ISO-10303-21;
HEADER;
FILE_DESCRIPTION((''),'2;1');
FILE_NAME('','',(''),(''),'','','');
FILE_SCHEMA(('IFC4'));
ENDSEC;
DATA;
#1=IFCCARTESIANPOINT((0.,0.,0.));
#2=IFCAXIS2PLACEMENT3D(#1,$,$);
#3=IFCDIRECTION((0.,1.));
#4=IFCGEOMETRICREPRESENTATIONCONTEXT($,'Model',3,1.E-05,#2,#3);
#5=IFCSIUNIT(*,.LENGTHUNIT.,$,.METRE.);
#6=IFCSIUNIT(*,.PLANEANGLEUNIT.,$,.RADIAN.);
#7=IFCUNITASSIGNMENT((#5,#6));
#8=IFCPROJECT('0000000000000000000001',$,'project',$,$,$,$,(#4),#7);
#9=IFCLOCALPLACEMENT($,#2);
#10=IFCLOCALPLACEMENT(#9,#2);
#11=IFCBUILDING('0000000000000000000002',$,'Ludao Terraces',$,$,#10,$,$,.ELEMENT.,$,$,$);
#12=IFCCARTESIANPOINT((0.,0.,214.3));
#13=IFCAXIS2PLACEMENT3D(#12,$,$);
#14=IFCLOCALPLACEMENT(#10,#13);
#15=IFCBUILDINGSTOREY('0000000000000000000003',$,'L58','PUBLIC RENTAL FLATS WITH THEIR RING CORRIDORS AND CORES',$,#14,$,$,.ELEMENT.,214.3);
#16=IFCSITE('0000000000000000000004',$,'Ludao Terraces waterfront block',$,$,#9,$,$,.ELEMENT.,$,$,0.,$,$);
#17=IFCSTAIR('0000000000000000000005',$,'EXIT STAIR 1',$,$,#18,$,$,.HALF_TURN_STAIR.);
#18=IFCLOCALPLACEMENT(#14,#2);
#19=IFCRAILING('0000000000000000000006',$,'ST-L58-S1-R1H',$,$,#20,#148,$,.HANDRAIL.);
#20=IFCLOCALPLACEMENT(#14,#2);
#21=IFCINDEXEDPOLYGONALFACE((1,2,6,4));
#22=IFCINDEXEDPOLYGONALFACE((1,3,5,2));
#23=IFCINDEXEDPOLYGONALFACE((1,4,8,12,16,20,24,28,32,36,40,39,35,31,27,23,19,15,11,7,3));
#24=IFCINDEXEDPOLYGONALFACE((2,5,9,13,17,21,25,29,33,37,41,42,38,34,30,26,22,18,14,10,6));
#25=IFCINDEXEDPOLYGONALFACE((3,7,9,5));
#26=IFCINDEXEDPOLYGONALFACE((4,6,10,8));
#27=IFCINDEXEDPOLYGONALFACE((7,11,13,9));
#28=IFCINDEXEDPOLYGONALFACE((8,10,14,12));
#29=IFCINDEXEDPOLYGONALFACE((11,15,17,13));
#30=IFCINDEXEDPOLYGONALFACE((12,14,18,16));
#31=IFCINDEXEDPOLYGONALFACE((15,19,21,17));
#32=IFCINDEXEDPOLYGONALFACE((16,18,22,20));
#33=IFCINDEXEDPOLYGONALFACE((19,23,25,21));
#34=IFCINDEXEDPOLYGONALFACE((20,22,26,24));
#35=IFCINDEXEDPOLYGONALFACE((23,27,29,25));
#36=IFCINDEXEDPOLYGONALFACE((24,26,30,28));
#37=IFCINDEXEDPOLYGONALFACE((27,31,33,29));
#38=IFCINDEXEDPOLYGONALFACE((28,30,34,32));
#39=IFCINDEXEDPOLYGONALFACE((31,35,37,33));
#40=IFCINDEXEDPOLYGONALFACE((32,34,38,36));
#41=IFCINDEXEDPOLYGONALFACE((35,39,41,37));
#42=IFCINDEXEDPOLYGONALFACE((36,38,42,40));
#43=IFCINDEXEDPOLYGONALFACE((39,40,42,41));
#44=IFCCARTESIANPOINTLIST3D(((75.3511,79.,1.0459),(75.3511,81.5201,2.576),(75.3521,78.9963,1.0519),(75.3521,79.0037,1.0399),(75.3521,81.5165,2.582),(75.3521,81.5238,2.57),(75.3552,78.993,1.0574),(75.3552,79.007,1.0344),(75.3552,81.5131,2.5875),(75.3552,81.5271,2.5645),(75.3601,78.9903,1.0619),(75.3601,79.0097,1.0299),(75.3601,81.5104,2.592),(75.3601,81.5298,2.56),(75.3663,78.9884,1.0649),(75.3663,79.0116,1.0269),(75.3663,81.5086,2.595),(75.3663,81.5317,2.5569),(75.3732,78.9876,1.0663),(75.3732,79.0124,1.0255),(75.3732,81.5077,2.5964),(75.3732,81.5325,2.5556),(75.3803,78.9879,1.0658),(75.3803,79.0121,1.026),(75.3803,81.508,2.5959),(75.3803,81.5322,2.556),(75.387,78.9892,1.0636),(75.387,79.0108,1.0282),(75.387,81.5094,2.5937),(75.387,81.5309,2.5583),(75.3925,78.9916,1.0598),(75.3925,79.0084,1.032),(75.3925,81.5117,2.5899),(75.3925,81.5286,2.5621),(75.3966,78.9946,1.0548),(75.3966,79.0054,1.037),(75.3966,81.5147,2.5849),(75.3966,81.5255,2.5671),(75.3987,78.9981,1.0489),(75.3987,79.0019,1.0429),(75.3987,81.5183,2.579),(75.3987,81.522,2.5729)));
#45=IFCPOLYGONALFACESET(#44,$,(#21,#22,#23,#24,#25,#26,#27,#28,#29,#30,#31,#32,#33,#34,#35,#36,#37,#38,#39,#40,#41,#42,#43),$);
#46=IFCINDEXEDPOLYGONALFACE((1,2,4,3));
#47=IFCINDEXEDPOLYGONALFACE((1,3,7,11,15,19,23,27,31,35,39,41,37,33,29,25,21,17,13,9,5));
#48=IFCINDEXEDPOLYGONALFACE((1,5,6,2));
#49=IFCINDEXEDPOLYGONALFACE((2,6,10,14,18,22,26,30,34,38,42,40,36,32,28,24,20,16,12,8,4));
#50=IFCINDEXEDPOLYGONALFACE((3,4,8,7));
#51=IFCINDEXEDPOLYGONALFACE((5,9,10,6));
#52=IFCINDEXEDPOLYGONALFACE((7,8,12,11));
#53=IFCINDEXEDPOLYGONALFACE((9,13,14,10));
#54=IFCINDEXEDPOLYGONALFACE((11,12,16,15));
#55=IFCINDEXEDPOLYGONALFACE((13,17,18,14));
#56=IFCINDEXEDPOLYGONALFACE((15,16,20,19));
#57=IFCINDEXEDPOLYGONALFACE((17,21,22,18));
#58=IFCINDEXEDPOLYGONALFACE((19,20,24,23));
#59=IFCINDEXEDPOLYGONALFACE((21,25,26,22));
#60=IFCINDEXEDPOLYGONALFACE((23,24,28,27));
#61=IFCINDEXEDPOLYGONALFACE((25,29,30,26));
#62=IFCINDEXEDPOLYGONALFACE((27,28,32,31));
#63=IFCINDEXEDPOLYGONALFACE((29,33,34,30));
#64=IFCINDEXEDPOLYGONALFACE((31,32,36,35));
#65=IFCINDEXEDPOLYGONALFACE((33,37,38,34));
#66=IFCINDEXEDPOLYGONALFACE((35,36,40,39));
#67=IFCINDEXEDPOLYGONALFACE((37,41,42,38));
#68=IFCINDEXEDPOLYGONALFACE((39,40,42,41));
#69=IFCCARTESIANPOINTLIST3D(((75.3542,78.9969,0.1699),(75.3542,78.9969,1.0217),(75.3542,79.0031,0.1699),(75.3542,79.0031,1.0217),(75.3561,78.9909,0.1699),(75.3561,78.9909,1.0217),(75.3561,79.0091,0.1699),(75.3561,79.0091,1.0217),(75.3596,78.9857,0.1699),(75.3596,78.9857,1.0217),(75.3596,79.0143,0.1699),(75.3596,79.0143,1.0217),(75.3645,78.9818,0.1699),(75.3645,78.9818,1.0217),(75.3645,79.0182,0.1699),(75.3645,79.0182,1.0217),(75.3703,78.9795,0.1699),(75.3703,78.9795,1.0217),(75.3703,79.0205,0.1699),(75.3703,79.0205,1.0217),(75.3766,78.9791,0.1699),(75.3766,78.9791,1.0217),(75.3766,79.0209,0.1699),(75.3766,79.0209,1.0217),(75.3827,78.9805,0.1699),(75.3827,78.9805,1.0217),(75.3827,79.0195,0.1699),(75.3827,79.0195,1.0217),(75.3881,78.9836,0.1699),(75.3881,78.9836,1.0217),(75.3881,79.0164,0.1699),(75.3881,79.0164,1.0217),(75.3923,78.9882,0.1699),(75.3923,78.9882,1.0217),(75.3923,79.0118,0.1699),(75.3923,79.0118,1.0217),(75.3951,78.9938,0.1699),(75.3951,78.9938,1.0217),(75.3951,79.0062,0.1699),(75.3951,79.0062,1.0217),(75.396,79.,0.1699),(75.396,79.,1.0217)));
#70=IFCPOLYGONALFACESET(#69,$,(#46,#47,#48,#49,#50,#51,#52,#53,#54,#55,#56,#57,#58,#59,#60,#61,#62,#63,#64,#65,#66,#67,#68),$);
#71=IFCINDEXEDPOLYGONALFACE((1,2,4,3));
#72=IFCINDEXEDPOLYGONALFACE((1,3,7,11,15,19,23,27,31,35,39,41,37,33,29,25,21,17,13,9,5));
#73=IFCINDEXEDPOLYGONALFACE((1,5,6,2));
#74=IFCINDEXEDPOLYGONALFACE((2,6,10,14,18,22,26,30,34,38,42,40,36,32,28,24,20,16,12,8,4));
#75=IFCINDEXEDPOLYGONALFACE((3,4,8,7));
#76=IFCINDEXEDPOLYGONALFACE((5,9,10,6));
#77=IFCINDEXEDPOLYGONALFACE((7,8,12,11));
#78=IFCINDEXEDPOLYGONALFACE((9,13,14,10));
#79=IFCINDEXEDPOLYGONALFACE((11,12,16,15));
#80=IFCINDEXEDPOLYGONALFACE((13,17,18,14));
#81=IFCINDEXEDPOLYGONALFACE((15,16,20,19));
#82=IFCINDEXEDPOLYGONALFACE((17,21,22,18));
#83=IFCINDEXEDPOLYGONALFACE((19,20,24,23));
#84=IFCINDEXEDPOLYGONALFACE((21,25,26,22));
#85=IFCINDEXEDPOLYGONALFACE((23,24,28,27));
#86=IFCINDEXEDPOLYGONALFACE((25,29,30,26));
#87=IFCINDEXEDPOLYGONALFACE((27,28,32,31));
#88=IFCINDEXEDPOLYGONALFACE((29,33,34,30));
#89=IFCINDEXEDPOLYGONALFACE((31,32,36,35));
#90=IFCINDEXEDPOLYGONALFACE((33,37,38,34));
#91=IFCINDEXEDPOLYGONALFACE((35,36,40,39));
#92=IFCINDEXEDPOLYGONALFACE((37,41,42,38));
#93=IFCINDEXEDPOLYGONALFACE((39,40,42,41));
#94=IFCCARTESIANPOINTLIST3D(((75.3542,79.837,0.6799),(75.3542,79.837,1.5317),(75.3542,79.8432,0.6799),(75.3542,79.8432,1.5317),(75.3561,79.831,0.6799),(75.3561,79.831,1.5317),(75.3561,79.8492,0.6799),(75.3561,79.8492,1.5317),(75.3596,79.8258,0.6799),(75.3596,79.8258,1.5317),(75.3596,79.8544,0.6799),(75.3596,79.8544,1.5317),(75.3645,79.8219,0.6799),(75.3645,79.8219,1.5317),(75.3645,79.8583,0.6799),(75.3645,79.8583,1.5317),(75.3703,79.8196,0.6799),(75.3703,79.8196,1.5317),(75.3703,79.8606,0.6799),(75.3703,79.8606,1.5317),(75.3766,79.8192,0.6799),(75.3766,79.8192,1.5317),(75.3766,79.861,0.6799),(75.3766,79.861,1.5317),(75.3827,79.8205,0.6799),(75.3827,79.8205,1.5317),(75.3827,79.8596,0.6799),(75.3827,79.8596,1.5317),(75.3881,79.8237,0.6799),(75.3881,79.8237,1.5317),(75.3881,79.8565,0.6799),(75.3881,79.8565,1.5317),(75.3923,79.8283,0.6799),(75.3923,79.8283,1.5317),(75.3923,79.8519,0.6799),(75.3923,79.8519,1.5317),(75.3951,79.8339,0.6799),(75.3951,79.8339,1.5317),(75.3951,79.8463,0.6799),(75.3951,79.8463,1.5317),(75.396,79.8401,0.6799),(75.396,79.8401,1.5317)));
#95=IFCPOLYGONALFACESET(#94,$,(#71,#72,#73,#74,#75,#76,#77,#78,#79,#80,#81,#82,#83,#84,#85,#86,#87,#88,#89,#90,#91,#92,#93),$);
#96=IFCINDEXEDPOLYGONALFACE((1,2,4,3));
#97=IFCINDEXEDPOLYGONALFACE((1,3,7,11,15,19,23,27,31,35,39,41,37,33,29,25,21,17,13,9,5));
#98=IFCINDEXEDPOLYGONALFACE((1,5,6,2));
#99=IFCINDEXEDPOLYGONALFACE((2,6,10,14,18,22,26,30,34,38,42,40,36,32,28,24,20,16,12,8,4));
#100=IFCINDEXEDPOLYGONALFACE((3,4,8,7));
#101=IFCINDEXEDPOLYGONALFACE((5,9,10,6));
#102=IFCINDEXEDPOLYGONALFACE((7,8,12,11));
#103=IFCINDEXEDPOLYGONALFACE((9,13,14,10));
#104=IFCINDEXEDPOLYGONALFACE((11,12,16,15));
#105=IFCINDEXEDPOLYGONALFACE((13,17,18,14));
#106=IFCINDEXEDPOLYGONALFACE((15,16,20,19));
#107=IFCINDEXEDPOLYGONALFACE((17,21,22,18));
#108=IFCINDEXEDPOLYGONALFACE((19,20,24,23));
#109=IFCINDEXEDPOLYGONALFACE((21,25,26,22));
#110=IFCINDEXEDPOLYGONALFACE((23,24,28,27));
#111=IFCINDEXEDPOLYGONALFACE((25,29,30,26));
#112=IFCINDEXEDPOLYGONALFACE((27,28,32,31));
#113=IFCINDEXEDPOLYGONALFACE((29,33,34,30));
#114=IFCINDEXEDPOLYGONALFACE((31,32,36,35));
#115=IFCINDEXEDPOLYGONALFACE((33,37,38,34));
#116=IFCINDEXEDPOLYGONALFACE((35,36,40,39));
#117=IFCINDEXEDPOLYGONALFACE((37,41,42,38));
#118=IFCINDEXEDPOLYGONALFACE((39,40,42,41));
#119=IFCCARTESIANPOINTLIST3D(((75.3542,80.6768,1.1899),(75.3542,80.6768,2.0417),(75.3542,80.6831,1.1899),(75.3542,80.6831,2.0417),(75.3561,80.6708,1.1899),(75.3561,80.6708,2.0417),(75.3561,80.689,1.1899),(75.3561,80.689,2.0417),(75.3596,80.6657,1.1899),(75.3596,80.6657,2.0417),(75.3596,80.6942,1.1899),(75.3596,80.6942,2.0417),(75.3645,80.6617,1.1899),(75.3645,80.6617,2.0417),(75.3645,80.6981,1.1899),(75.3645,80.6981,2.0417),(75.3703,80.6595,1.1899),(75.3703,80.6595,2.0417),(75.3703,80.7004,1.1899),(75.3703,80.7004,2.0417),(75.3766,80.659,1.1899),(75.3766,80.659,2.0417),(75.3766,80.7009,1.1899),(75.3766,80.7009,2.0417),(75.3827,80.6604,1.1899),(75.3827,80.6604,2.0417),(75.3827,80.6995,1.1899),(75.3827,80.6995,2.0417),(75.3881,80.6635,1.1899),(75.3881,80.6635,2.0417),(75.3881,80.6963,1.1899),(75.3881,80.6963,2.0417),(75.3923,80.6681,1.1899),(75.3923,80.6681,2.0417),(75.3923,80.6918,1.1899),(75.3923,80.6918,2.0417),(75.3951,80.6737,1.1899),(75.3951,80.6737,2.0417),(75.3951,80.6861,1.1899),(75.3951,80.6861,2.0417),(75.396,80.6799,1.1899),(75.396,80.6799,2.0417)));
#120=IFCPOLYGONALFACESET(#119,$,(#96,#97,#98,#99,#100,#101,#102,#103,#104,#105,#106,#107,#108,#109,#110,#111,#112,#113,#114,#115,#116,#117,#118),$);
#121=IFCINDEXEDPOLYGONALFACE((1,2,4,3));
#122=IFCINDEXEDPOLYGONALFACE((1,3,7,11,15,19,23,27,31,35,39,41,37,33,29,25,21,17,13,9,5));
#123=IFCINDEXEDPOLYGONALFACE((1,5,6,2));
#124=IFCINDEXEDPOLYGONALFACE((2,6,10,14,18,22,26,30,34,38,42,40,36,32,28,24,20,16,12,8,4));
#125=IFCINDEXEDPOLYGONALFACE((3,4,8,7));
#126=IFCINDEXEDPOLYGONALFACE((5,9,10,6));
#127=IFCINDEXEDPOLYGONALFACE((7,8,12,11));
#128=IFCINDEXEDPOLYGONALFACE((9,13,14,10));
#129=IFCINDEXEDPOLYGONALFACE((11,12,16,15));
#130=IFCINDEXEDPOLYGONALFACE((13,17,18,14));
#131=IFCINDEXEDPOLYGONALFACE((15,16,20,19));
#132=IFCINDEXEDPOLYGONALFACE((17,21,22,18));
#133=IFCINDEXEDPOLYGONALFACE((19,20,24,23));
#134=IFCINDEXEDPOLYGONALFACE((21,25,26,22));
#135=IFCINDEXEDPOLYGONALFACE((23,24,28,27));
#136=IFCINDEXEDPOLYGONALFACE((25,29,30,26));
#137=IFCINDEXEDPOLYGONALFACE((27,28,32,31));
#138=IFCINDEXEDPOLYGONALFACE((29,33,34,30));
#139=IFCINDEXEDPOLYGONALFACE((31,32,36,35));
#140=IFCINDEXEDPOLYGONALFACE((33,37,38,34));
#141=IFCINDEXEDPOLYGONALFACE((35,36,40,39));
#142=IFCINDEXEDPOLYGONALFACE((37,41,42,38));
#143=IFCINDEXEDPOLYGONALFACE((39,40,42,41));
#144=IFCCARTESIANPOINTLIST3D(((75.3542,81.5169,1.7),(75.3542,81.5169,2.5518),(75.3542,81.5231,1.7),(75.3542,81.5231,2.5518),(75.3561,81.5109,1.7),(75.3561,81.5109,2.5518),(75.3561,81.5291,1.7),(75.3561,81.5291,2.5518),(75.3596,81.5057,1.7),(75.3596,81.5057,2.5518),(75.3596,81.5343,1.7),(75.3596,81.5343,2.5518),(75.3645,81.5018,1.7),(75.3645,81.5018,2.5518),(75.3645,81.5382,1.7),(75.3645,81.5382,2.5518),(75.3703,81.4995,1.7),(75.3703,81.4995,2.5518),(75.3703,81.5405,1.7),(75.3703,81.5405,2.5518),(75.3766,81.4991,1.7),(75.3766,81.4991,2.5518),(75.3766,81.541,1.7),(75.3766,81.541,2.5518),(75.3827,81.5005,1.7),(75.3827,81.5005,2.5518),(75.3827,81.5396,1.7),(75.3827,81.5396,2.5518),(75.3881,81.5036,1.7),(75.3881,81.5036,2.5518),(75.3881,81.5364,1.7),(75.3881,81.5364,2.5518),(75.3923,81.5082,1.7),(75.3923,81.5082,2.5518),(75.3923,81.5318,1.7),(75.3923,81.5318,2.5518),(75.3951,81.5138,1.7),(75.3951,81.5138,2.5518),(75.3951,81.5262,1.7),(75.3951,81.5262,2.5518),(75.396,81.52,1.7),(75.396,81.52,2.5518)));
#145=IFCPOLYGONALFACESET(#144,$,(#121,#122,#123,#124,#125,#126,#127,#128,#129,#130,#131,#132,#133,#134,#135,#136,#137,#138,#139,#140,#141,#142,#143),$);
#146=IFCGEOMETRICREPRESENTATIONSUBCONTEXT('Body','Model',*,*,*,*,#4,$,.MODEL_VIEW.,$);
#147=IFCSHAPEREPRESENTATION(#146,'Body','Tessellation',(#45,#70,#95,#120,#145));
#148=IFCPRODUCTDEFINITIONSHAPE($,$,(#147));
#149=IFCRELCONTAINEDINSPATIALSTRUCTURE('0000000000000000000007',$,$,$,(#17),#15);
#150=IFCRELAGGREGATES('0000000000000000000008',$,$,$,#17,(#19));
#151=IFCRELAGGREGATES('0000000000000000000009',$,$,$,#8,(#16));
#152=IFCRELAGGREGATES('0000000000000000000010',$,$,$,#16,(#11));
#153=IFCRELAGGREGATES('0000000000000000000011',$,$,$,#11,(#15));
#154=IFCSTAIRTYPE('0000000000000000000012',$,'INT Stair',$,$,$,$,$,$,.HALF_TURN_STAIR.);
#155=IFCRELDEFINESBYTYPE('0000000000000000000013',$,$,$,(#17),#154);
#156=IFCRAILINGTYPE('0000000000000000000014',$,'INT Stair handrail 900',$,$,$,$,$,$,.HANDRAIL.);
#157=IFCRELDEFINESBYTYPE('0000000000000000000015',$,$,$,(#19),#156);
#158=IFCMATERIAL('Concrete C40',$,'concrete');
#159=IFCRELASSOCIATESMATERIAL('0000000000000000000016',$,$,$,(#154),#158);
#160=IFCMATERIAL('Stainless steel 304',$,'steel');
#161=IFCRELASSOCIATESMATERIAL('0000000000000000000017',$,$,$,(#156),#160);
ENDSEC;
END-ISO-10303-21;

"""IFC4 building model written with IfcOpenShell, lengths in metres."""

from ifc_helpers import new_model, si_unit, direction, frame, origin, origin_2d, place, context, subcontext, project, spatial, circle, extrude, material, type_object, element, aggregate, save


model = new_model("IFC4")

# Units and contexts
model_context = context("Model", 3, precision=1e-05, world=origin(), true_north=direction((0.0, 1.0)))
body_context = subcontext(model_context, "Body", "Model", "MODEL_VIEW")
ifc_project = project(units=[si_unit("LENGTHUNIT", "METRE"), si_unit("PLANEANGLEUNIT", "RADIAN")], contexts=[model_context])

# Site, building, storey
site_placement = place(None, origin())
site = spatial("IfcSite", under=ifc_project, at=site_placement, Name="Ludao Terraces waterfront block", CompositionType="ELEMENT", RefElevation=0.0)
building_placement = place(site_placement, origin())
building = spatial("IfcBuilding", under=site, at=building_placement, Name="Ludao Terraces", CompositionType="ELEMENT")
storey_placement = place(building_placement, frame((0.0, 0.0, 214.3)))
storey = spatial("IfcBuildingStorey", under=building, at=storey_placement, Name="L58", Description="PUBLIC RENTAL FLATS WITH THEIR RING CORRIDORS AND CORES", CompositionType="ELEMENT", Elevation=214.3)

# Shared definitions
ifc_material_1 = material(Name="Concrete C40", Category="concrete")

# Stair, railing
stair_type = type_object("IfcStairType", Name="INT Stair", PredefinedType="HALF_TURN_STAIR", material=ifc_material_1)
stair_placement = place(storey_placement, origin())
stair = element("IfcStair", 1, at=stair_placement, inside=storey, type_object=stair_type, Name="EXIT STAIR 1", PredefinedType="HALF_TURN_STAIR")
ifc_material_2 = material(Name="Stainless steel 304", Category="steel")
railing_type_1 = type_object("IfcRailingType", Name="INT Stair handrail 900", PredefinedType="HANDRAIL", material=ifc_material_2)
railing_1_placement = place(storey_placement, frame((75.375, 79.0, 0.1699)))
railing_1 = element("IfcRailing", 2, at=railing_1_placement, type_object=railing_type_1, Name="ST-L58-S1-R1H", PredefinedType="HANDRAIL", context=body_context, shape_type="SweptSolid", body=[
    extrude(circle(Radius=0.0239, at=origin_2d()), frame((0.0, 0.0, 0.876), z_axis=(0.0, 0.854785, 0.518982), x_axis=(-1.0, 0.0, 0.0)), (0.0, 0.0, 1.0), 2.9482),
    extrude(circle(Radius=0.021, at=origin_2d()), origin(), (0.0, 0.0, 1.0), 0.8518),
    extrude(circle(Radius=0.021, at=origin_2d()), frame((0.0, 0.8401, 0.51)), (0.0, 0.0, 1.0), 0.8518),
    extrude(circle(Radius=0.021, at=origin_2d()), frame((0.0, 1.6799, 1.02)), (0.0, 0.0, 1.0), 0.8518),
    extrude(circle(Radius=0.021, at=origin_2d()), frame((0.0, 2.52, 1.53)), (0.0, 0.0, 1.0), 0.8518),
])
aggregate(stair, [railing_1])

save(model, "model.ifc")
